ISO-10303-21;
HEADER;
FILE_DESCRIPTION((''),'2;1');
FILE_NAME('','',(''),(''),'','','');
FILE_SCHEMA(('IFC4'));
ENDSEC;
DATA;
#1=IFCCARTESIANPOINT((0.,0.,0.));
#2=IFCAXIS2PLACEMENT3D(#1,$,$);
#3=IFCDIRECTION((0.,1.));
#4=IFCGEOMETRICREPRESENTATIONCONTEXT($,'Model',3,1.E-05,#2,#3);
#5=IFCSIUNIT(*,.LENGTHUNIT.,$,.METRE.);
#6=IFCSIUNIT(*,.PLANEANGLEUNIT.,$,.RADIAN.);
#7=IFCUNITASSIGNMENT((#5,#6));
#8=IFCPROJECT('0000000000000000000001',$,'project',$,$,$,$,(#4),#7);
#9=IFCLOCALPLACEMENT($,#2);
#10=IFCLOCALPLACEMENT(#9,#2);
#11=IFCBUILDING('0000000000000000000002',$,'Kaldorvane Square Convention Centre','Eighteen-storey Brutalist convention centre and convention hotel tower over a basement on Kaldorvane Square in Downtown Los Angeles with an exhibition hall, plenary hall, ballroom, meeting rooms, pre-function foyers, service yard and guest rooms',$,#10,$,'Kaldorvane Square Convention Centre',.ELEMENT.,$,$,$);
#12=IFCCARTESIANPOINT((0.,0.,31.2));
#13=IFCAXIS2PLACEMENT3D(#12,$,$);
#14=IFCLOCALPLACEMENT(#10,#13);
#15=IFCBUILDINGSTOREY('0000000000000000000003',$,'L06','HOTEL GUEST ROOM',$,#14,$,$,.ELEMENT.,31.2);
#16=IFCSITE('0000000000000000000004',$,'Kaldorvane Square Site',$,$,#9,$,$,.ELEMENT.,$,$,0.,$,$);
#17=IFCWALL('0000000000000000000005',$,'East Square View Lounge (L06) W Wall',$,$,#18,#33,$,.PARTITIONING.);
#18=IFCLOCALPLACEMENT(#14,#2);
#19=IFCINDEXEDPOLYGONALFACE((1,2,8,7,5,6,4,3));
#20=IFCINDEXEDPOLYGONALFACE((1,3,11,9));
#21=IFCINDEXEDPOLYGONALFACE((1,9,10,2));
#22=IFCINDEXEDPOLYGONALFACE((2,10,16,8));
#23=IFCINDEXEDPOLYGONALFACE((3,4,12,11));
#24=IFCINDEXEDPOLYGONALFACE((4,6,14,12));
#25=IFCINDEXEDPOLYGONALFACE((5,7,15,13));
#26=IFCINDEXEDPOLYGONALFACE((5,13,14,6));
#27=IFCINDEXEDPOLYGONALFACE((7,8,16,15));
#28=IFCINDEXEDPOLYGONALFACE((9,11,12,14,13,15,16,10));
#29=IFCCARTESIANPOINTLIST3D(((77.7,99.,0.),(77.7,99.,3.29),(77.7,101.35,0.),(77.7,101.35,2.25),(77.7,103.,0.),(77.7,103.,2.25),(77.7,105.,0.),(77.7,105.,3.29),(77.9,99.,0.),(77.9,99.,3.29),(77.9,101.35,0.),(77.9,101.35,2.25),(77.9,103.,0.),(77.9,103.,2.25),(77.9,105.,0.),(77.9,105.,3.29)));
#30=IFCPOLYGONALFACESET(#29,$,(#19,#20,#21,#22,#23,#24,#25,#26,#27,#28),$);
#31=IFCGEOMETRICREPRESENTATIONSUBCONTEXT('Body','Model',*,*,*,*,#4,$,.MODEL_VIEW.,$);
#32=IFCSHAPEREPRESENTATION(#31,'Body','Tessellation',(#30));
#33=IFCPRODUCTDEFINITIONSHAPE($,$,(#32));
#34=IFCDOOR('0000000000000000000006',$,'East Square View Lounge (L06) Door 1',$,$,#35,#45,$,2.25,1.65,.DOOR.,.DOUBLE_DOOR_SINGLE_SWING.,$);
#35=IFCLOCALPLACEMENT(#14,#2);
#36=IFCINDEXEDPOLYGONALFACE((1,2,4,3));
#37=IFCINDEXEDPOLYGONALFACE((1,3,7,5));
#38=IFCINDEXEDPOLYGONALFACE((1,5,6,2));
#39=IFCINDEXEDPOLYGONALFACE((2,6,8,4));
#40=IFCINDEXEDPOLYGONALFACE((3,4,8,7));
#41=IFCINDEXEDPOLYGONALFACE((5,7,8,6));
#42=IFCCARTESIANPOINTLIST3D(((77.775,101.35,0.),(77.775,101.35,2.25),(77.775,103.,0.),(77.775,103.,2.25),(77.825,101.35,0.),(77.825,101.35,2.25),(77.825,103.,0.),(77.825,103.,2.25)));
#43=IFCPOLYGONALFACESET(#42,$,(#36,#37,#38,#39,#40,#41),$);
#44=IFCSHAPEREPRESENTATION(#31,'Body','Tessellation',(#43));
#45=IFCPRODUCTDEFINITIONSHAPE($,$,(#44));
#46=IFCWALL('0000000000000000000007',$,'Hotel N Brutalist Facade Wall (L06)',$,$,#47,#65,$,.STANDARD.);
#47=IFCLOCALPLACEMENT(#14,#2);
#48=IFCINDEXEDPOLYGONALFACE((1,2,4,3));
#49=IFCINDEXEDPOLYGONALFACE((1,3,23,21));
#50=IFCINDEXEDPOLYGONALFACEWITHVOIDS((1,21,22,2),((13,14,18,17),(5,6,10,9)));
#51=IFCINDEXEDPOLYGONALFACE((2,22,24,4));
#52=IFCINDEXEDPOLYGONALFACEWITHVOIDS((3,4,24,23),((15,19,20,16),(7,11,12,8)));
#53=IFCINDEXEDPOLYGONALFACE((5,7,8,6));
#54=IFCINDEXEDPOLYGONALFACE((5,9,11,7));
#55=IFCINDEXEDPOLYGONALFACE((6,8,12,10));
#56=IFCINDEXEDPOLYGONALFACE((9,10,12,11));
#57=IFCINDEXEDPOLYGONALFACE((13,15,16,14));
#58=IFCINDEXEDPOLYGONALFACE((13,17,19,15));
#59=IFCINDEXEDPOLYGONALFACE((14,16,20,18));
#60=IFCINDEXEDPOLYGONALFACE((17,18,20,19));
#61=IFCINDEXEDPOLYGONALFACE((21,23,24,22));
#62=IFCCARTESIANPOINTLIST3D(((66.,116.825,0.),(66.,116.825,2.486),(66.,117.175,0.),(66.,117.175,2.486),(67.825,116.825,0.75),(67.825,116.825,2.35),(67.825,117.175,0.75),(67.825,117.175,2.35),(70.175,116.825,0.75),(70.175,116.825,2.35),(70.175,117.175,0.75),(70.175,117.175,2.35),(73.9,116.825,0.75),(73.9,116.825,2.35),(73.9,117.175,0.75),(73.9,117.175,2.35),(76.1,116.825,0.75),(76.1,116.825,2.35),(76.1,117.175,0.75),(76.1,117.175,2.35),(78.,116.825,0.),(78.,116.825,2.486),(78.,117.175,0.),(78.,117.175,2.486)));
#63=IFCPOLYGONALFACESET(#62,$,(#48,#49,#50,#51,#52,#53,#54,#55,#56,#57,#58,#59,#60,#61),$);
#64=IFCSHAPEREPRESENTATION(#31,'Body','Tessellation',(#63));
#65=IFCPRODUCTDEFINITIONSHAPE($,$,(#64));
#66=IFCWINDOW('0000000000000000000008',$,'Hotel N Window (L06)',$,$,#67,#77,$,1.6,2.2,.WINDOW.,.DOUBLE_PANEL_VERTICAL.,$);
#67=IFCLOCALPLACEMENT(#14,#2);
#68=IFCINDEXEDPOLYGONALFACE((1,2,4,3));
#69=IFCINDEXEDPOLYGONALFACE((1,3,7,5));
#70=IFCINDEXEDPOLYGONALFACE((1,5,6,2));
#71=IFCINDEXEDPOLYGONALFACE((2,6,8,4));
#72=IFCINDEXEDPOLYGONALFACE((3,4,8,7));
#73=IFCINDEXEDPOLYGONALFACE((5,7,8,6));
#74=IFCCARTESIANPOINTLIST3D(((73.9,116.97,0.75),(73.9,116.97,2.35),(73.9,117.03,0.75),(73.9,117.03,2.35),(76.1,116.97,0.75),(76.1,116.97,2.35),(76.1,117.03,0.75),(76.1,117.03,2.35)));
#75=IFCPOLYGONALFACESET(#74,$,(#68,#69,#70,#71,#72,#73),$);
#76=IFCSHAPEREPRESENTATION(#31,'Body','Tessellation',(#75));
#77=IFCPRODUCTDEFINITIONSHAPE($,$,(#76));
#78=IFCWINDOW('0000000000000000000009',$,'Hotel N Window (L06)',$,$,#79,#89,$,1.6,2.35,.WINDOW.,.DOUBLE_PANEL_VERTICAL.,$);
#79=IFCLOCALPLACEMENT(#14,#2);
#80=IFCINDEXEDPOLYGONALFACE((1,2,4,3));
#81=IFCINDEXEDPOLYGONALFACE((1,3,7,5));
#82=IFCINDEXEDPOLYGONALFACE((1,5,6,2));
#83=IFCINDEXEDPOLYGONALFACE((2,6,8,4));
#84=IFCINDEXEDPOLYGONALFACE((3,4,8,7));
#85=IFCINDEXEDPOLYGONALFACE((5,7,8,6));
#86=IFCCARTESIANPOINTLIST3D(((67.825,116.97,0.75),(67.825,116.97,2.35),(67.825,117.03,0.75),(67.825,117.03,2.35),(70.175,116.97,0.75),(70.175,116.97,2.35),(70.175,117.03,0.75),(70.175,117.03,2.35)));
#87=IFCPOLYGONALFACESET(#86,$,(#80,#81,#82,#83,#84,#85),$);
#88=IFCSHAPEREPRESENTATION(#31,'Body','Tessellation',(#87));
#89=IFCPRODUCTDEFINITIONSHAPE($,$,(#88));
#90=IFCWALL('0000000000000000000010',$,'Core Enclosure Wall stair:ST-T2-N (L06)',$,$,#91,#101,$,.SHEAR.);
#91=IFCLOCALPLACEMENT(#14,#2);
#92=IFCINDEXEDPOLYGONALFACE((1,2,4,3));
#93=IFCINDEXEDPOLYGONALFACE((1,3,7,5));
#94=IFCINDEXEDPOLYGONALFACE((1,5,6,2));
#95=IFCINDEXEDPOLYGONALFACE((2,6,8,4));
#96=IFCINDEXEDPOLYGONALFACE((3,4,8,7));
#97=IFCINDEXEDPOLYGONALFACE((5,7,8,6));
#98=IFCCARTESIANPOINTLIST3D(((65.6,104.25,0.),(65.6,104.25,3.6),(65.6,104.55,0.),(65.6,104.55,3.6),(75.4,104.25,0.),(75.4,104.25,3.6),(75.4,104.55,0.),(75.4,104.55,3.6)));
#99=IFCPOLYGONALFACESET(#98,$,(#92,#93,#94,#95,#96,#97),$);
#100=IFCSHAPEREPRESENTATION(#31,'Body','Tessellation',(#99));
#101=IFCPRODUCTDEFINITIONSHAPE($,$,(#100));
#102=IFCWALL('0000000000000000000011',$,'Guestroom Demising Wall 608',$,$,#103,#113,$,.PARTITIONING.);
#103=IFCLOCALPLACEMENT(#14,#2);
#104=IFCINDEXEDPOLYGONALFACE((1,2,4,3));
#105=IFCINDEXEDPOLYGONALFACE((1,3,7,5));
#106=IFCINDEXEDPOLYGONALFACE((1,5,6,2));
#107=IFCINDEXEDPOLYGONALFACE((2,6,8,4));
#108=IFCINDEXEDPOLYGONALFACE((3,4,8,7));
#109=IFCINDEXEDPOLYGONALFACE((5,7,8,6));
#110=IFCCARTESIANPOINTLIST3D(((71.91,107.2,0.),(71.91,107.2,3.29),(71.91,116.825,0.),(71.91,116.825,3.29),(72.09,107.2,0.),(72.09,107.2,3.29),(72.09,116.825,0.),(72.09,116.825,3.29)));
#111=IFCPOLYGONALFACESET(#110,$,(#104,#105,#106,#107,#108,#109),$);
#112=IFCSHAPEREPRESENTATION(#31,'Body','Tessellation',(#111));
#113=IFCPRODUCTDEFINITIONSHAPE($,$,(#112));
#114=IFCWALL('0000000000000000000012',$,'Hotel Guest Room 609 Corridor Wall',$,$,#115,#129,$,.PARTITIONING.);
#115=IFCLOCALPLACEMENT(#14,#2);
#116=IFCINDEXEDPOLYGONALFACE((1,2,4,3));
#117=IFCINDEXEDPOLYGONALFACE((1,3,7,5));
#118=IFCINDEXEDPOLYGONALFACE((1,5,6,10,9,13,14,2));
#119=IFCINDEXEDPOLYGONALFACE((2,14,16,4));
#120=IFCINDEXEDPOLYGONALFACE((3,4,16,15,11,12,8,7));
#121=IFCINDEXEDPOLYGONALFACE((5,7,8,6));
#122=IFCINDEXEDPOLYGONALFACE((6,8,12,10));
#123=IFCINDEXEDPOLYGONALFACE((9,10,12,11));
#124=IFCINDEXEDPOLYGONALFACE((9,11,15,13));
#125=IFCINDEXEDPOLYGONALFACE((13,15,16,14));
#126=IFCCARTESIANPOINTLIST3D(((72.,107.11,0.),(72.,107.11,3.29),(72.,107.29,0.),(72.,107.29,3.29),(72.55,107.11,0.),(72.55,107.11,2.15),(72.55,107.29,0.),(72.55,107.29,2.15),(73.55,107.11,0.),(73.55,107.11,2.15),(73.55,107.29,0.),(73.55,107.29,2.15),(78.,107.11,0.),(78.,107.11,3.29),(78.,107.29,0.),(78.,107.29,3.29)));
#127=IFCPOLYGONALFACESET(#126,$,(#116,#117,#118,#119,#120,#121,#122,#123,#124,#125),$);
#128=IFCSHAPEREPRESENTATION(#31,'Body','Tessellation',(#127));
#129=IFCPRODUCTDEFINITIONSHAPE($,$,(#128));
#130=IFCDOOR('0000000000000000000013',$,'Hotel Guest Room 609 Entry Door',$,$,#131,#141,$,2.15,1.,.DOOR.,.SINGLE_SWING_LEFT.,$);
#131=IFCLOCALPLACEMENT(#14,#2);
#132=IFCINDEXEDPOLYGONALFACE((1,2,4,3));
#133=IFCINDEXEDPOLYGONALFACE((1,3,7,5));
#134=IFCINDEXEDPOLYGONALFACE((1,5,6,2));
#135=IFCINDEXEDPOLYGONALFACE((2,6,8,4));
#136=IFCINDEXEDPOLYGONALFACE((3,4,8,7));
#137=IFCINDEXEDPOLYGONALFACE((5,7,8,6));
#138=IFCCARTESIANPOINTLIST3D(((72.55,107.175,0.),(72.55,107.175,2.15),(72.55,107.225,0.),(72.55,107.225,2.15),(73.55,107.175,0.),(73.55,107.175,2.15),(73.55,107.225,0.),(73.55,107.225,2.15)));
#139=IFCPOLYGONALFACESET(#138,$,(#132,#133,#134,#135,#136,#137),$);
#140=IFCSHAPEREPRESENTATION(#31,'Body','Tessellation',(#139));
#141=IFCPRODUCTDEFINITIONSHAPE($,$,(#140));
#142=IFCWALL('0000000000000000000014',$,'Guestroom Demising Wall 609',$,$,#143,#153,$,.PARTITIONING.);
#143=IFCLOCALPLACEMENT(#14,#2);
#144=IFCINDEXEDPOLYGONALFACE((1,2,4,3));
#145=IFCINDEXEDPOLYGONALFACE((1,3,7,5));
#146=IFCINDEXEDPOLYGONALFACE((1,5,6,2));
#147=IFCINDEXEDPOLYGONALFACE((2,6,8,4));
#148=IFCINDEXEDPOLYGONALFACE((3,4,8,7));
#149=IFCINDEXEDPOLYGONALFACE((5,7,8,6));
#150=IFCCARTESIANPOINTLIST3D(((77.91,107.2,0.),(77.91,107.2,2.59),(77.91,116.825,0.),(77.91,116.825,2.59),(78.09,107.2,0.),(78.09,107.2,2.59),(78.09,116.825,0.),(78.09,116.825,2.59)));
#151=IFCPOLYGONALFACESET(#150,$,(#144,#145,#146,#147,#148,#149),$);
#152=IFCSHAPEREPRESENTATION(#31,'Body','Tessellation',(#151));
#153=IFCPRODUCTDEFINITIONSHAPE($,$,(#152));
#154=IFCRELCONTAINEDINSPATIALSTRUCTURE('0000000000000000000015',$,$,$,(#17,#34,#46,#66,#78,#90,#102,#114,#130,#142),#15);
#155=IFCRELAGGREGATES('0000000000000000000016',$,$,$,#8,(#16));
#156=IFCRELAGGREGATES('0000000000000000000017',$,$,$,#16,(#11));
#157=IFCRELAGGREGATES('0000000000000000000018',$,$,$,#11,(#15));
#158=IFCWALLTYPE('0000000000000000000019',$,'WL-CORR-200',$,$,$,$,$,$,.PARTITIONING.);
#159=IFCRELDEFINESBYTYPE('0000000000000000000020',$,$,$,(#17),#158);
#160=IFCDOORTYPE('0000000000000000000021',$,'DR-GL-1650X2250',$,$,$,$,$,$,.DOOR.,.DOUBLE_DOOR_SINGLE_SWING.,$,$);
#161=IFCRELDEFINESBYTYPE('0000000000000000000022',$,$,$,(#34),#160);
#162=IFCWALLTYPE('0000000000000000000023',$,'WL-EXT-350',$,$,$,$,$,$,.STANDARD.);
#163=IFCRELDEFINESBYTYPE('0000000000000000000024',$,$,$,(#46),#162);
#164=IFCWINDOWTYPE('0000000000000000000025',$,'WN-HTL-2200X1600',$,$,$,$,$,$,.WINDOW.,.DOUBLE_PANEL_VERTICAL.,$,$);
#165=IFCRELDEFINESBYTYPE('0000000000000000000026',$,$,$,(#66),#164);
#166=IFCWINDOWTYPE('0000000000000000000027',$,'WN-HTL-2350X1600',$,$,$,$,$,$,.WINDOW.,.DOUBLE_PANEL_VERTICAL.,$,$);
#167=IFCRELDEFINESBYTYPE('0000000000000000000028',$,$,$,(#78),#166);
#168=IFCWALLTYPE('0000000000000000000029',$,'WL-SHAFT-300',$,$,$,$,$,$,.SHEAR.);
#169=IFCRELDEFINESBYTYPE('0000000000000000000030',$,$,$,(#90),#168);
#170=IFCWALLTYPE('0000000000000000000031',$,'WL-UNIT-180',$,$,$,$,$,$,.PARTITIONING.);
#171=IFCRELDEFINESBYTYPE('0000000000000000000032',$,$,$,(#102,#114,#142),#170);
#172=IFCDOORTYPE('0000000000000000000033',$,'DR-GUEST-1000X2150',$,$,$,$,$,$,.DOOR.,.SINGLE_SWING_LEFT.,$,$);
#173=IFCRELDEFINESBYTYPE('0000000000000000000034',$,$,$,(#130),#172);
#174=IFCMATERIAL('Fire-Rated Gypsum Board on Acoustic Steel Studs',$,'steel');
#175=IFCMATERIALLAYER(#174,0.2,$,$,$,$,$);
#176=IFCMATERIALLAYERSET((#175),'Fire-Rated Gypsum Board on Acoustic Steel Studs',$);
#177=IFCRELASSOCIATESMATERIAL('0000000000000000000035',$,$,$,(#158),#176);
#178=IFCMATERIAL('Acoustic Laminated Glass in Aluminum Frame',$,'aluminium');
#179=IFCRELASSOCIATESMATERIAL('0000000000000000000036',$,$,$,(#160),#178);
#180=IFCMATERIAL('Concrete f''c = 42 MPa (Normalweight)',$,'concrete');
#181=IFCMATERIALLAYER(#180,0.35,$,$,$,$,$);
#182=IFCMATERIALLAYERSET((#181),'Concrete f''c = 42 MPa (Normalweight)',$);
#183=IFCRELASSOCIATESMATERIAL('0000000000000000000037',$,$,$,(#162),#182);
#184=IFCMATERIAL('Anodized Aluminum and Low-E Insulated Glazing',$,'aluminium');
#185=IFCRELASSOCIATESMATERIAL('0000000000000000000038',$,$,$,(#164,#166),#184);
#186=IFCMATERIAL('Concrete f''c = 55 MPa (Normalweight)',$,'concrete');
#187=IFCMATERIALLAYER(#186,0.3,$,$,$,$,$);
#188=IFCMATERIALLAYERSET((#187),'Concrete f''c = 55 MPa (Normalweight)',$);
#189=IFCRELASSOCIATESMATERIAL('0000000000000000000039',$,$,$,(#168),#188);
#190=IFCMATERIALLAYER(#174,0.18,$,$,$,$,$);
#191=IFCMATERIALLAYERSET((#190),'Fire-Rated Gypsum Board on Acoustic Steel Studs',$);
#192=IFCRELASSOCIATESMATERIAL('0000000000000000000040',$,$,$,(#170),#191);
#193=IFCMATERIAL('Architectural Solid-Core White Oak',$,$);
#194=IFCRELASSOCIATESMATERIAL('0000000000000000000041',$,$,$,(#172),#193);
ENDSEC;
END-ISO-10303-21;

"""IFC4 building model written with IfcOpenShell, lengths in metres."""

from ifc_helpers import new_model, si_unit, direction, frame, frame_2d, origin, place, context, subcontext, project, spatial, rectangle, extrude, material, layer, layer_set, type_object, element, fill, save


model = new_model("IFC4")

# Units and contexts
model_context = context("Model", 3, precision=1e-05, world=origin(), true_north=direction((0.0, 1.0)))
body_context = subcontext(model_context, "Body", "Model", "MODEL_VIEW")
ifc_project = project(units=[si_unit("LENGTHUNIT", "METRE"), si_unit("PLANEANGLEUNIT", "RADIAN")], contexts=[model_context])

# Site, building, storey
site_placement = place(None, origin())
site = spatial("IfcSite", under=ifc_project, at=site_placement, Name="Kaldorvane Square Site", CompositionType="ELEMENT", RefElevation=0.0)
building_placement = place(site_placement, origin())
building = spatial("IfcBuilding", under=site, at=building_placement, Name="Kaldorvane Square Convention Centre", Description="Eighteen-storey Brutalist convention centre and convention hotel tower over a basement on Kaldorvane Square in Downtown Los Angeles with an exhibition hall, plenary hall, ballroom, meeting rooms, pre-function foyers, service yard and guest rooms", LongName="Kaldorvane Square Convention Centre", CompositionType="ELEMENT")
storey_placement = place(building_placement, frame((0.0, 0.0, 31.2)))
storey = spatial("IfcBuildingStorey", under=building, at=storey_placement, Name="L06", Description="HOTEL GUEST ROOM", CompositionType="ELEMENT", Elevation=31.2)

# Shared definitions
ifc_material_1 = material(Name="Concrete f'c = 55 MPa (Normalweight)", Category="concrete")

# Shared definitions
ifc_material_2 = material(Name="Concrete f'c = 42 MPa (Normalweight)", Category="concrete")

# Shared definitions
ifc_material_3 = material(Name="Fire-Rated Gypsum Board on Acoustic Steel Studs", Category="steel")
ifc_material_4 = material(Name="Architectural Solid-Core White Oak")

# Wall, opening, door
ifc_layer_1 = layer(ifc_material_3, 0.2)
ifc_layer_set_1 = layer_set([ifc_layer_1], Name="Fire-Rated Gypsum Board on Acoustic Steel Studs")
wall_type_1 = type_object("IfcWallType", Name="WL-CORR-200", PredefinedType="PARTITIONING", material=ifc_layer_set_1)
wall_1_placement = place(storey_placement, frame((77.8, 105.0, 0.0), z_axis=(0.0, 0.0, 1.0), x_axis=(0.0, -1.0, 0.0)))
wall_1 = element("IfcWall", 1, at=wall_1_placement, inside=storey, type_object=wall_type_1, Name="East Square View Lounge (L06) W Wall", PredefinedType="PARTITIONING", context=body_context, shape_type="SweptSolid", body=[
    extrude(rectangle(XDim=6.0, YDim=0.2, at=frame_2d((3.0, 0.0))), origin(), (0.0, 0.0, 1.0), 3.29),
])
opening_1_placement = place(wall_1_placement, frame((2.0, 0.0, 0.0)))
opening_1 = element("IfcOpeningElement", 2, at=opening_1_placement, cuts=wall_1, PredefinedType="OPENING", context=body_context, shape_type="SweptSolid", body=[
    extrude(rectangle(XDim=1.65, YDim=2.25, at=frame_2d((0.825, 1.125))), frame((0.0, 0.115, 0.0), z_axis=(0.0, -1.0, 0.0), x_axis=(1.0, 0.0, 0.0)), (0.0, 0.0, 1.0), 0.23),
])
ifc_material_5 = material(Name="Acoustic Laminated Glass in Aluminum Frame", Category="aluminium")
door_type_1 = type_object("IfcDoorType", Name="DR-GL-1650X2250", OperationType="DOUBLE_DOOR_SINGLE_SWING", PredefinedType="DOOR", material=ifc_material_5)
door_1_placement = place(opening_1_placement, origin())
door_1 = element("IfcDoor", 3, at=door_1_placement, inside=storey, type_object=door_type_1, Name="East Square View Lounge (L06) Door 1", OperationType="DOUBLE_DOOR_SINGLE_SWING", OverallHeight=2.25, OverallWidth=1.65, PredefinedType="DOOR", context=body_context, shape_type="SweptSolid", body=[
    extrude(rectangle(XDim=1.65, YDim=2.25, at=frame_2d((0.825, 1.125))), frame((0.0, 0.025, 0.0), z_axis=(0.0, -1.0, 0.0), x_axis=(1.0, 0.0, 0.0)), (0.0, 0.0, 1.0), 0.05),
])
fill(opening_1, door_1)

# Wall, openings, windows
ifc_layer_2 = layer(ifc_material_2, 0.35)
ifc_layer_set_2 = layer_set([ifc_layer_2], Name="Concrete f'c = 42 MPa (Normalweight)")
wall_type_2 = type_object("IfcWallType", Name="WL-EXT-350", PredefinedType="STANDARD", material=ifc_layer_set_2)
wall_2_placement = place(storey_placement, frame((78.0, 117.0, 0.0), z_axis=(0.0, 0.0, 1.0), x_axis=(-1.0, 0.0, 0.0)))
wall_2 = element("IfcWall", 4, at=wall_2_placement, inside=storey, type_object=wall_type_2, Name="Hotel N Brutalist Facade Wall (L06)", PredefinedType="STANDARD", context=body_context, shape_type="SweptSolid", body=[
    extrude(rectangle(XDim=12.0, YDim=0.35, at=frame_2d((6.0, 0.0))), origin(), (0.0, 0.0, 1.0), 2.486),
])
opening_2_placement = place(wall_2_placement, frame((1.9, 0.0, 0.75)))
opening_2 = element("IfcOpeningElement", 5, at=opening_2_placement, cuts=wall_2, PredefinedType="OPENING", context=body_context, shape_type="SweptSolid", body=[
    extrude(rectangle(XDim=2.2, YDim=1.6, at=frame_2d((1.1, 0.8))), frame((0.0, 0.19, 0.0), z_axis=(0.0, -1.0, 0.0), x_axis=(1.0, 0.0, 0.0)), (0.0, 0.0, 1.0), 0.38),
])
opening_3_placement = place(wall_2_placement, frame((7.825, 0.0, 0.75)))
opening_3 = element("IfcOpeningElement", 6, at=opening_3_placement, cuts=wall_2, PredefinedType="OPENING", context=body_context, shape_type="SweptSolid", body=[
    extrude(rectangle(XDim=2.35, YDim=1.6, at=frame_2d((1.175, 0.8))), frame((0.0, 0.19, 0.0), z_axis=(0.0, -1.0, 0.0), x_axis=(1.0, 0.0, 0.0)), (0.0, 0.0, 1.0), 0.38),
])
ifc_material_6 = material(Name="Anodized Aluminum and Low-E Insulated Glazing", Category="aluminium")
window_type_1 = type_object("IfcWindowType", Name="WN-HTL-2200X1600", PartitioningType="DOUBLE_PANEL_VERTICAL", PredefinedType="WINDOW", material=ifc_material_6)
window_1_placement = place(opening_2_placement, origin())
window_1 = element("IfcWindow", 7, at=window_1_placement, inside=storey, type_object=window_type_1, Name="Hotel N Window (L06)", OverallHeight=1.6, OverallWidth=2.2, PartitioningType="DOUBLE_PANEL_VERTICAL", PredefinedType="WINDOW", context=body_context, shape_type="SweptSolid", body=[
    extrude(rectangle(XDim=2.2, YDim=1.6, at=frame_2d((1.1, 0.8))), frame((0.0, 0.03, 0.0), z_axis=(0.0, -1.0, 0.0), x_axis=(1.0, 0.0, 0.0)), (0.0, 0.0, 1.0), 0.06),
])
fill(opening_2, window_1)
window_type_2 = type_object("IfcWindowType", Name="WN-HTL-2350X1600", PartitioningType="DOUBLE_PANEL_VERTICAL", PredefinedType="WINDOW", material=ifc_material_6)
window_2_placement = place(opening_3_placement, origin())
window_2 = element("IfcWindow", 8, at=window_2_placement, inside=storey, type_object=window_type_2, Name="Hotel N Window (L06)", OverallHeight=1.6, OverallWidth=2.35, PartitioningType="DOUBLE_PANEL_VERTICAL", PredefinedType="WINDOW", context=body_context, shape_type="SweptSolid", body=[
    extrude(rectangle(XDim=2.35, YDim=1.6, at=frame_2d((1.175, 0.8))), frame((0.0, 0.03, 0.0), z_axis=(0.0, -1.0, 0.0), x_axis=(1.0, 0.0, 0.0)), (0.0, 0.0, 1.0), 0.06),
])
fill(opening_3, window_2)

# Walls
ifc_layer_3 = layer(ifc_material_1, 0.3)
ifc_layer_set_3 = layer_set([ifc_layer_3], Name="Concrete f'c = 55 MPa (Normalweight)")
wall_type_3 = type_object("IfcWallType", Name="WL-SHAFT-300", PredefinedType="SHEAR", material=ifc_layer_set_3)
wall_3_placement = place(storey_placement, frame((75.4, 104.4, 0.0), z_axis=(0.0, 0.0, 1.0), x_axis=(-1.0, 0.0, 0.0)))
element("IfcWall", 9, at=wall_3_placement, inside=storey, type_object=wall_type_3, Name="Core Enclosure Wall stair:ST-T2-N (L06)", PredefinedType="SHEAR", context=body_context, shape_type="SweptSolid", body=[
    extrude(rectangle(XDim=9.8, YDim=0.3, at=frame_2d((4.9, 0.0))), origin(), (0.0, 0.0, 1.0), 3.6),
])
ifc_layer_4 = layer(ifc_material_3, 0.18)
ifc_layer_set_4 = layer_set([ifc_layer_4], Name="Fire-Rated Gypsum Board on Acoustic Steel Studs")
wall_type_4 = type_object("IfcWallType", Name="WL-UNIT-180", PredefinedType="PARTITIONING", material=ifc_layer_set_4)
wall_4_placement = place(storey_placement, frame((72.0, 107.2, 0.0), z_axis=(0.0, 0.0, 1.0), x_axis=(0.0, 1.0, 0.0)))
element("IfcWall", 10, at=wall_4_placement, inside=storey, type_object=wall_type_4, Name="Guestroom Demising Wall 608", PredefinedType="PARTITIONING", context=body_context, shape_type="SweptSolid", body=[
    extrude(rectangle(XDim=9.625, YDim=0.18, at=frame_2d((4.8125, 0.0))), origin(), (0.0, 0.0, 1.0), 3.29),
])

# Wall, opening, door
wall_5_placement = place(storey_placement, frame((72.0, 107.2, 0.0), z_axis=(0.0, 0.0, 1.0), x_axis=(1.0, 0.0, 0.0)))
wall_5 = element("IfcWall", 11, at=wall_5_placement, inside=storey, type_object=wall_type_4, Name="Hotel Guest Room 609 Corridor Wall", PredefinedType="PARTITIONING", context=body_context, shape_type="SweptSolid", body=[
    extrude(rectangle(XDim=6.0, YDim=0.18, at=frame_2d((3.0, 0.0))), origin(), (0.0, 0.0, 1.0), 3.29),
])
opening_4_placement = place(wall_5_placement, frame((0.55, 0.0, 0.0)))
opening_4 = element("IfcOpeningElement", 12, at=opening_4_placement, cuts=wall_5, PredefinedType="OPENING", context=body_context, shape_type="SweptSolid", body=[
    extrude(rectangle(XDim=1.0, YDim=2.15, at=frame_2d((0.5, 1.075))), frame((0.0, 0.105, 0.0), z_axis=(0.0, -1.0, 0.0), x_axis=(1.0, 0.0, 0.0)), (0.0, 0.0, 1.0), 0.21),
])
door_type_2 = type_object("IfcDoorType", Name="DR-GUEST-1000X2150", OperationType="SINGLE_SWING_LEFT", PredefinedType="DOOR", material=ifc_material_4)
door_2_placement = place(opening_4_placement, origin())
door_2 = element("IfcDoor", 13, at=door_2_placement, inside=storey, type_object=door_type_2, Name="Hotel Guest Room 609 Entry Door", OperationType="SINGLE_SWING_LEFT", OverallHeight=2.15, OverallWidth=1.0, PredefinedType="DOOR", context=body_context, shape_type="SweptSolid", body=[
    extrude(rectangle(XDim=1.0, YDim=2.15, at=frame_2d((0.5, 1.075))), frame((0.0, 0.025, 0.0), z_axis=(0.0, -1.0, 0.0), x_axis=(1.0, 0.0, 0.0)), (0.0, 0.0, 1.0), 0.05),
])
fill(opening_4, door_2)

# Wall
wall_6_placement = place(storey_placement, frame((78.0, 107.2, 0.0), z_axis=(0.0, 0.0, 1.0), x_axis=(0.0, 1.0, 0.0)))
element("IfcWall", 14, at=wall_6_placement, inside=storey, type_object=wall_type_4, Name="Guestroom Demising Wall 609", PredefinedType="PARTITIONING", context=body_context, shape_type="SweptSolid", body=[
    extrude(rectangle(XDim=9.625, YDim=0.18, at=frame_2d((4.8125, 0.0))), origin(), (0.0, 0.0, 1.0), 2.59),
])

save(model, "model.ifc")
